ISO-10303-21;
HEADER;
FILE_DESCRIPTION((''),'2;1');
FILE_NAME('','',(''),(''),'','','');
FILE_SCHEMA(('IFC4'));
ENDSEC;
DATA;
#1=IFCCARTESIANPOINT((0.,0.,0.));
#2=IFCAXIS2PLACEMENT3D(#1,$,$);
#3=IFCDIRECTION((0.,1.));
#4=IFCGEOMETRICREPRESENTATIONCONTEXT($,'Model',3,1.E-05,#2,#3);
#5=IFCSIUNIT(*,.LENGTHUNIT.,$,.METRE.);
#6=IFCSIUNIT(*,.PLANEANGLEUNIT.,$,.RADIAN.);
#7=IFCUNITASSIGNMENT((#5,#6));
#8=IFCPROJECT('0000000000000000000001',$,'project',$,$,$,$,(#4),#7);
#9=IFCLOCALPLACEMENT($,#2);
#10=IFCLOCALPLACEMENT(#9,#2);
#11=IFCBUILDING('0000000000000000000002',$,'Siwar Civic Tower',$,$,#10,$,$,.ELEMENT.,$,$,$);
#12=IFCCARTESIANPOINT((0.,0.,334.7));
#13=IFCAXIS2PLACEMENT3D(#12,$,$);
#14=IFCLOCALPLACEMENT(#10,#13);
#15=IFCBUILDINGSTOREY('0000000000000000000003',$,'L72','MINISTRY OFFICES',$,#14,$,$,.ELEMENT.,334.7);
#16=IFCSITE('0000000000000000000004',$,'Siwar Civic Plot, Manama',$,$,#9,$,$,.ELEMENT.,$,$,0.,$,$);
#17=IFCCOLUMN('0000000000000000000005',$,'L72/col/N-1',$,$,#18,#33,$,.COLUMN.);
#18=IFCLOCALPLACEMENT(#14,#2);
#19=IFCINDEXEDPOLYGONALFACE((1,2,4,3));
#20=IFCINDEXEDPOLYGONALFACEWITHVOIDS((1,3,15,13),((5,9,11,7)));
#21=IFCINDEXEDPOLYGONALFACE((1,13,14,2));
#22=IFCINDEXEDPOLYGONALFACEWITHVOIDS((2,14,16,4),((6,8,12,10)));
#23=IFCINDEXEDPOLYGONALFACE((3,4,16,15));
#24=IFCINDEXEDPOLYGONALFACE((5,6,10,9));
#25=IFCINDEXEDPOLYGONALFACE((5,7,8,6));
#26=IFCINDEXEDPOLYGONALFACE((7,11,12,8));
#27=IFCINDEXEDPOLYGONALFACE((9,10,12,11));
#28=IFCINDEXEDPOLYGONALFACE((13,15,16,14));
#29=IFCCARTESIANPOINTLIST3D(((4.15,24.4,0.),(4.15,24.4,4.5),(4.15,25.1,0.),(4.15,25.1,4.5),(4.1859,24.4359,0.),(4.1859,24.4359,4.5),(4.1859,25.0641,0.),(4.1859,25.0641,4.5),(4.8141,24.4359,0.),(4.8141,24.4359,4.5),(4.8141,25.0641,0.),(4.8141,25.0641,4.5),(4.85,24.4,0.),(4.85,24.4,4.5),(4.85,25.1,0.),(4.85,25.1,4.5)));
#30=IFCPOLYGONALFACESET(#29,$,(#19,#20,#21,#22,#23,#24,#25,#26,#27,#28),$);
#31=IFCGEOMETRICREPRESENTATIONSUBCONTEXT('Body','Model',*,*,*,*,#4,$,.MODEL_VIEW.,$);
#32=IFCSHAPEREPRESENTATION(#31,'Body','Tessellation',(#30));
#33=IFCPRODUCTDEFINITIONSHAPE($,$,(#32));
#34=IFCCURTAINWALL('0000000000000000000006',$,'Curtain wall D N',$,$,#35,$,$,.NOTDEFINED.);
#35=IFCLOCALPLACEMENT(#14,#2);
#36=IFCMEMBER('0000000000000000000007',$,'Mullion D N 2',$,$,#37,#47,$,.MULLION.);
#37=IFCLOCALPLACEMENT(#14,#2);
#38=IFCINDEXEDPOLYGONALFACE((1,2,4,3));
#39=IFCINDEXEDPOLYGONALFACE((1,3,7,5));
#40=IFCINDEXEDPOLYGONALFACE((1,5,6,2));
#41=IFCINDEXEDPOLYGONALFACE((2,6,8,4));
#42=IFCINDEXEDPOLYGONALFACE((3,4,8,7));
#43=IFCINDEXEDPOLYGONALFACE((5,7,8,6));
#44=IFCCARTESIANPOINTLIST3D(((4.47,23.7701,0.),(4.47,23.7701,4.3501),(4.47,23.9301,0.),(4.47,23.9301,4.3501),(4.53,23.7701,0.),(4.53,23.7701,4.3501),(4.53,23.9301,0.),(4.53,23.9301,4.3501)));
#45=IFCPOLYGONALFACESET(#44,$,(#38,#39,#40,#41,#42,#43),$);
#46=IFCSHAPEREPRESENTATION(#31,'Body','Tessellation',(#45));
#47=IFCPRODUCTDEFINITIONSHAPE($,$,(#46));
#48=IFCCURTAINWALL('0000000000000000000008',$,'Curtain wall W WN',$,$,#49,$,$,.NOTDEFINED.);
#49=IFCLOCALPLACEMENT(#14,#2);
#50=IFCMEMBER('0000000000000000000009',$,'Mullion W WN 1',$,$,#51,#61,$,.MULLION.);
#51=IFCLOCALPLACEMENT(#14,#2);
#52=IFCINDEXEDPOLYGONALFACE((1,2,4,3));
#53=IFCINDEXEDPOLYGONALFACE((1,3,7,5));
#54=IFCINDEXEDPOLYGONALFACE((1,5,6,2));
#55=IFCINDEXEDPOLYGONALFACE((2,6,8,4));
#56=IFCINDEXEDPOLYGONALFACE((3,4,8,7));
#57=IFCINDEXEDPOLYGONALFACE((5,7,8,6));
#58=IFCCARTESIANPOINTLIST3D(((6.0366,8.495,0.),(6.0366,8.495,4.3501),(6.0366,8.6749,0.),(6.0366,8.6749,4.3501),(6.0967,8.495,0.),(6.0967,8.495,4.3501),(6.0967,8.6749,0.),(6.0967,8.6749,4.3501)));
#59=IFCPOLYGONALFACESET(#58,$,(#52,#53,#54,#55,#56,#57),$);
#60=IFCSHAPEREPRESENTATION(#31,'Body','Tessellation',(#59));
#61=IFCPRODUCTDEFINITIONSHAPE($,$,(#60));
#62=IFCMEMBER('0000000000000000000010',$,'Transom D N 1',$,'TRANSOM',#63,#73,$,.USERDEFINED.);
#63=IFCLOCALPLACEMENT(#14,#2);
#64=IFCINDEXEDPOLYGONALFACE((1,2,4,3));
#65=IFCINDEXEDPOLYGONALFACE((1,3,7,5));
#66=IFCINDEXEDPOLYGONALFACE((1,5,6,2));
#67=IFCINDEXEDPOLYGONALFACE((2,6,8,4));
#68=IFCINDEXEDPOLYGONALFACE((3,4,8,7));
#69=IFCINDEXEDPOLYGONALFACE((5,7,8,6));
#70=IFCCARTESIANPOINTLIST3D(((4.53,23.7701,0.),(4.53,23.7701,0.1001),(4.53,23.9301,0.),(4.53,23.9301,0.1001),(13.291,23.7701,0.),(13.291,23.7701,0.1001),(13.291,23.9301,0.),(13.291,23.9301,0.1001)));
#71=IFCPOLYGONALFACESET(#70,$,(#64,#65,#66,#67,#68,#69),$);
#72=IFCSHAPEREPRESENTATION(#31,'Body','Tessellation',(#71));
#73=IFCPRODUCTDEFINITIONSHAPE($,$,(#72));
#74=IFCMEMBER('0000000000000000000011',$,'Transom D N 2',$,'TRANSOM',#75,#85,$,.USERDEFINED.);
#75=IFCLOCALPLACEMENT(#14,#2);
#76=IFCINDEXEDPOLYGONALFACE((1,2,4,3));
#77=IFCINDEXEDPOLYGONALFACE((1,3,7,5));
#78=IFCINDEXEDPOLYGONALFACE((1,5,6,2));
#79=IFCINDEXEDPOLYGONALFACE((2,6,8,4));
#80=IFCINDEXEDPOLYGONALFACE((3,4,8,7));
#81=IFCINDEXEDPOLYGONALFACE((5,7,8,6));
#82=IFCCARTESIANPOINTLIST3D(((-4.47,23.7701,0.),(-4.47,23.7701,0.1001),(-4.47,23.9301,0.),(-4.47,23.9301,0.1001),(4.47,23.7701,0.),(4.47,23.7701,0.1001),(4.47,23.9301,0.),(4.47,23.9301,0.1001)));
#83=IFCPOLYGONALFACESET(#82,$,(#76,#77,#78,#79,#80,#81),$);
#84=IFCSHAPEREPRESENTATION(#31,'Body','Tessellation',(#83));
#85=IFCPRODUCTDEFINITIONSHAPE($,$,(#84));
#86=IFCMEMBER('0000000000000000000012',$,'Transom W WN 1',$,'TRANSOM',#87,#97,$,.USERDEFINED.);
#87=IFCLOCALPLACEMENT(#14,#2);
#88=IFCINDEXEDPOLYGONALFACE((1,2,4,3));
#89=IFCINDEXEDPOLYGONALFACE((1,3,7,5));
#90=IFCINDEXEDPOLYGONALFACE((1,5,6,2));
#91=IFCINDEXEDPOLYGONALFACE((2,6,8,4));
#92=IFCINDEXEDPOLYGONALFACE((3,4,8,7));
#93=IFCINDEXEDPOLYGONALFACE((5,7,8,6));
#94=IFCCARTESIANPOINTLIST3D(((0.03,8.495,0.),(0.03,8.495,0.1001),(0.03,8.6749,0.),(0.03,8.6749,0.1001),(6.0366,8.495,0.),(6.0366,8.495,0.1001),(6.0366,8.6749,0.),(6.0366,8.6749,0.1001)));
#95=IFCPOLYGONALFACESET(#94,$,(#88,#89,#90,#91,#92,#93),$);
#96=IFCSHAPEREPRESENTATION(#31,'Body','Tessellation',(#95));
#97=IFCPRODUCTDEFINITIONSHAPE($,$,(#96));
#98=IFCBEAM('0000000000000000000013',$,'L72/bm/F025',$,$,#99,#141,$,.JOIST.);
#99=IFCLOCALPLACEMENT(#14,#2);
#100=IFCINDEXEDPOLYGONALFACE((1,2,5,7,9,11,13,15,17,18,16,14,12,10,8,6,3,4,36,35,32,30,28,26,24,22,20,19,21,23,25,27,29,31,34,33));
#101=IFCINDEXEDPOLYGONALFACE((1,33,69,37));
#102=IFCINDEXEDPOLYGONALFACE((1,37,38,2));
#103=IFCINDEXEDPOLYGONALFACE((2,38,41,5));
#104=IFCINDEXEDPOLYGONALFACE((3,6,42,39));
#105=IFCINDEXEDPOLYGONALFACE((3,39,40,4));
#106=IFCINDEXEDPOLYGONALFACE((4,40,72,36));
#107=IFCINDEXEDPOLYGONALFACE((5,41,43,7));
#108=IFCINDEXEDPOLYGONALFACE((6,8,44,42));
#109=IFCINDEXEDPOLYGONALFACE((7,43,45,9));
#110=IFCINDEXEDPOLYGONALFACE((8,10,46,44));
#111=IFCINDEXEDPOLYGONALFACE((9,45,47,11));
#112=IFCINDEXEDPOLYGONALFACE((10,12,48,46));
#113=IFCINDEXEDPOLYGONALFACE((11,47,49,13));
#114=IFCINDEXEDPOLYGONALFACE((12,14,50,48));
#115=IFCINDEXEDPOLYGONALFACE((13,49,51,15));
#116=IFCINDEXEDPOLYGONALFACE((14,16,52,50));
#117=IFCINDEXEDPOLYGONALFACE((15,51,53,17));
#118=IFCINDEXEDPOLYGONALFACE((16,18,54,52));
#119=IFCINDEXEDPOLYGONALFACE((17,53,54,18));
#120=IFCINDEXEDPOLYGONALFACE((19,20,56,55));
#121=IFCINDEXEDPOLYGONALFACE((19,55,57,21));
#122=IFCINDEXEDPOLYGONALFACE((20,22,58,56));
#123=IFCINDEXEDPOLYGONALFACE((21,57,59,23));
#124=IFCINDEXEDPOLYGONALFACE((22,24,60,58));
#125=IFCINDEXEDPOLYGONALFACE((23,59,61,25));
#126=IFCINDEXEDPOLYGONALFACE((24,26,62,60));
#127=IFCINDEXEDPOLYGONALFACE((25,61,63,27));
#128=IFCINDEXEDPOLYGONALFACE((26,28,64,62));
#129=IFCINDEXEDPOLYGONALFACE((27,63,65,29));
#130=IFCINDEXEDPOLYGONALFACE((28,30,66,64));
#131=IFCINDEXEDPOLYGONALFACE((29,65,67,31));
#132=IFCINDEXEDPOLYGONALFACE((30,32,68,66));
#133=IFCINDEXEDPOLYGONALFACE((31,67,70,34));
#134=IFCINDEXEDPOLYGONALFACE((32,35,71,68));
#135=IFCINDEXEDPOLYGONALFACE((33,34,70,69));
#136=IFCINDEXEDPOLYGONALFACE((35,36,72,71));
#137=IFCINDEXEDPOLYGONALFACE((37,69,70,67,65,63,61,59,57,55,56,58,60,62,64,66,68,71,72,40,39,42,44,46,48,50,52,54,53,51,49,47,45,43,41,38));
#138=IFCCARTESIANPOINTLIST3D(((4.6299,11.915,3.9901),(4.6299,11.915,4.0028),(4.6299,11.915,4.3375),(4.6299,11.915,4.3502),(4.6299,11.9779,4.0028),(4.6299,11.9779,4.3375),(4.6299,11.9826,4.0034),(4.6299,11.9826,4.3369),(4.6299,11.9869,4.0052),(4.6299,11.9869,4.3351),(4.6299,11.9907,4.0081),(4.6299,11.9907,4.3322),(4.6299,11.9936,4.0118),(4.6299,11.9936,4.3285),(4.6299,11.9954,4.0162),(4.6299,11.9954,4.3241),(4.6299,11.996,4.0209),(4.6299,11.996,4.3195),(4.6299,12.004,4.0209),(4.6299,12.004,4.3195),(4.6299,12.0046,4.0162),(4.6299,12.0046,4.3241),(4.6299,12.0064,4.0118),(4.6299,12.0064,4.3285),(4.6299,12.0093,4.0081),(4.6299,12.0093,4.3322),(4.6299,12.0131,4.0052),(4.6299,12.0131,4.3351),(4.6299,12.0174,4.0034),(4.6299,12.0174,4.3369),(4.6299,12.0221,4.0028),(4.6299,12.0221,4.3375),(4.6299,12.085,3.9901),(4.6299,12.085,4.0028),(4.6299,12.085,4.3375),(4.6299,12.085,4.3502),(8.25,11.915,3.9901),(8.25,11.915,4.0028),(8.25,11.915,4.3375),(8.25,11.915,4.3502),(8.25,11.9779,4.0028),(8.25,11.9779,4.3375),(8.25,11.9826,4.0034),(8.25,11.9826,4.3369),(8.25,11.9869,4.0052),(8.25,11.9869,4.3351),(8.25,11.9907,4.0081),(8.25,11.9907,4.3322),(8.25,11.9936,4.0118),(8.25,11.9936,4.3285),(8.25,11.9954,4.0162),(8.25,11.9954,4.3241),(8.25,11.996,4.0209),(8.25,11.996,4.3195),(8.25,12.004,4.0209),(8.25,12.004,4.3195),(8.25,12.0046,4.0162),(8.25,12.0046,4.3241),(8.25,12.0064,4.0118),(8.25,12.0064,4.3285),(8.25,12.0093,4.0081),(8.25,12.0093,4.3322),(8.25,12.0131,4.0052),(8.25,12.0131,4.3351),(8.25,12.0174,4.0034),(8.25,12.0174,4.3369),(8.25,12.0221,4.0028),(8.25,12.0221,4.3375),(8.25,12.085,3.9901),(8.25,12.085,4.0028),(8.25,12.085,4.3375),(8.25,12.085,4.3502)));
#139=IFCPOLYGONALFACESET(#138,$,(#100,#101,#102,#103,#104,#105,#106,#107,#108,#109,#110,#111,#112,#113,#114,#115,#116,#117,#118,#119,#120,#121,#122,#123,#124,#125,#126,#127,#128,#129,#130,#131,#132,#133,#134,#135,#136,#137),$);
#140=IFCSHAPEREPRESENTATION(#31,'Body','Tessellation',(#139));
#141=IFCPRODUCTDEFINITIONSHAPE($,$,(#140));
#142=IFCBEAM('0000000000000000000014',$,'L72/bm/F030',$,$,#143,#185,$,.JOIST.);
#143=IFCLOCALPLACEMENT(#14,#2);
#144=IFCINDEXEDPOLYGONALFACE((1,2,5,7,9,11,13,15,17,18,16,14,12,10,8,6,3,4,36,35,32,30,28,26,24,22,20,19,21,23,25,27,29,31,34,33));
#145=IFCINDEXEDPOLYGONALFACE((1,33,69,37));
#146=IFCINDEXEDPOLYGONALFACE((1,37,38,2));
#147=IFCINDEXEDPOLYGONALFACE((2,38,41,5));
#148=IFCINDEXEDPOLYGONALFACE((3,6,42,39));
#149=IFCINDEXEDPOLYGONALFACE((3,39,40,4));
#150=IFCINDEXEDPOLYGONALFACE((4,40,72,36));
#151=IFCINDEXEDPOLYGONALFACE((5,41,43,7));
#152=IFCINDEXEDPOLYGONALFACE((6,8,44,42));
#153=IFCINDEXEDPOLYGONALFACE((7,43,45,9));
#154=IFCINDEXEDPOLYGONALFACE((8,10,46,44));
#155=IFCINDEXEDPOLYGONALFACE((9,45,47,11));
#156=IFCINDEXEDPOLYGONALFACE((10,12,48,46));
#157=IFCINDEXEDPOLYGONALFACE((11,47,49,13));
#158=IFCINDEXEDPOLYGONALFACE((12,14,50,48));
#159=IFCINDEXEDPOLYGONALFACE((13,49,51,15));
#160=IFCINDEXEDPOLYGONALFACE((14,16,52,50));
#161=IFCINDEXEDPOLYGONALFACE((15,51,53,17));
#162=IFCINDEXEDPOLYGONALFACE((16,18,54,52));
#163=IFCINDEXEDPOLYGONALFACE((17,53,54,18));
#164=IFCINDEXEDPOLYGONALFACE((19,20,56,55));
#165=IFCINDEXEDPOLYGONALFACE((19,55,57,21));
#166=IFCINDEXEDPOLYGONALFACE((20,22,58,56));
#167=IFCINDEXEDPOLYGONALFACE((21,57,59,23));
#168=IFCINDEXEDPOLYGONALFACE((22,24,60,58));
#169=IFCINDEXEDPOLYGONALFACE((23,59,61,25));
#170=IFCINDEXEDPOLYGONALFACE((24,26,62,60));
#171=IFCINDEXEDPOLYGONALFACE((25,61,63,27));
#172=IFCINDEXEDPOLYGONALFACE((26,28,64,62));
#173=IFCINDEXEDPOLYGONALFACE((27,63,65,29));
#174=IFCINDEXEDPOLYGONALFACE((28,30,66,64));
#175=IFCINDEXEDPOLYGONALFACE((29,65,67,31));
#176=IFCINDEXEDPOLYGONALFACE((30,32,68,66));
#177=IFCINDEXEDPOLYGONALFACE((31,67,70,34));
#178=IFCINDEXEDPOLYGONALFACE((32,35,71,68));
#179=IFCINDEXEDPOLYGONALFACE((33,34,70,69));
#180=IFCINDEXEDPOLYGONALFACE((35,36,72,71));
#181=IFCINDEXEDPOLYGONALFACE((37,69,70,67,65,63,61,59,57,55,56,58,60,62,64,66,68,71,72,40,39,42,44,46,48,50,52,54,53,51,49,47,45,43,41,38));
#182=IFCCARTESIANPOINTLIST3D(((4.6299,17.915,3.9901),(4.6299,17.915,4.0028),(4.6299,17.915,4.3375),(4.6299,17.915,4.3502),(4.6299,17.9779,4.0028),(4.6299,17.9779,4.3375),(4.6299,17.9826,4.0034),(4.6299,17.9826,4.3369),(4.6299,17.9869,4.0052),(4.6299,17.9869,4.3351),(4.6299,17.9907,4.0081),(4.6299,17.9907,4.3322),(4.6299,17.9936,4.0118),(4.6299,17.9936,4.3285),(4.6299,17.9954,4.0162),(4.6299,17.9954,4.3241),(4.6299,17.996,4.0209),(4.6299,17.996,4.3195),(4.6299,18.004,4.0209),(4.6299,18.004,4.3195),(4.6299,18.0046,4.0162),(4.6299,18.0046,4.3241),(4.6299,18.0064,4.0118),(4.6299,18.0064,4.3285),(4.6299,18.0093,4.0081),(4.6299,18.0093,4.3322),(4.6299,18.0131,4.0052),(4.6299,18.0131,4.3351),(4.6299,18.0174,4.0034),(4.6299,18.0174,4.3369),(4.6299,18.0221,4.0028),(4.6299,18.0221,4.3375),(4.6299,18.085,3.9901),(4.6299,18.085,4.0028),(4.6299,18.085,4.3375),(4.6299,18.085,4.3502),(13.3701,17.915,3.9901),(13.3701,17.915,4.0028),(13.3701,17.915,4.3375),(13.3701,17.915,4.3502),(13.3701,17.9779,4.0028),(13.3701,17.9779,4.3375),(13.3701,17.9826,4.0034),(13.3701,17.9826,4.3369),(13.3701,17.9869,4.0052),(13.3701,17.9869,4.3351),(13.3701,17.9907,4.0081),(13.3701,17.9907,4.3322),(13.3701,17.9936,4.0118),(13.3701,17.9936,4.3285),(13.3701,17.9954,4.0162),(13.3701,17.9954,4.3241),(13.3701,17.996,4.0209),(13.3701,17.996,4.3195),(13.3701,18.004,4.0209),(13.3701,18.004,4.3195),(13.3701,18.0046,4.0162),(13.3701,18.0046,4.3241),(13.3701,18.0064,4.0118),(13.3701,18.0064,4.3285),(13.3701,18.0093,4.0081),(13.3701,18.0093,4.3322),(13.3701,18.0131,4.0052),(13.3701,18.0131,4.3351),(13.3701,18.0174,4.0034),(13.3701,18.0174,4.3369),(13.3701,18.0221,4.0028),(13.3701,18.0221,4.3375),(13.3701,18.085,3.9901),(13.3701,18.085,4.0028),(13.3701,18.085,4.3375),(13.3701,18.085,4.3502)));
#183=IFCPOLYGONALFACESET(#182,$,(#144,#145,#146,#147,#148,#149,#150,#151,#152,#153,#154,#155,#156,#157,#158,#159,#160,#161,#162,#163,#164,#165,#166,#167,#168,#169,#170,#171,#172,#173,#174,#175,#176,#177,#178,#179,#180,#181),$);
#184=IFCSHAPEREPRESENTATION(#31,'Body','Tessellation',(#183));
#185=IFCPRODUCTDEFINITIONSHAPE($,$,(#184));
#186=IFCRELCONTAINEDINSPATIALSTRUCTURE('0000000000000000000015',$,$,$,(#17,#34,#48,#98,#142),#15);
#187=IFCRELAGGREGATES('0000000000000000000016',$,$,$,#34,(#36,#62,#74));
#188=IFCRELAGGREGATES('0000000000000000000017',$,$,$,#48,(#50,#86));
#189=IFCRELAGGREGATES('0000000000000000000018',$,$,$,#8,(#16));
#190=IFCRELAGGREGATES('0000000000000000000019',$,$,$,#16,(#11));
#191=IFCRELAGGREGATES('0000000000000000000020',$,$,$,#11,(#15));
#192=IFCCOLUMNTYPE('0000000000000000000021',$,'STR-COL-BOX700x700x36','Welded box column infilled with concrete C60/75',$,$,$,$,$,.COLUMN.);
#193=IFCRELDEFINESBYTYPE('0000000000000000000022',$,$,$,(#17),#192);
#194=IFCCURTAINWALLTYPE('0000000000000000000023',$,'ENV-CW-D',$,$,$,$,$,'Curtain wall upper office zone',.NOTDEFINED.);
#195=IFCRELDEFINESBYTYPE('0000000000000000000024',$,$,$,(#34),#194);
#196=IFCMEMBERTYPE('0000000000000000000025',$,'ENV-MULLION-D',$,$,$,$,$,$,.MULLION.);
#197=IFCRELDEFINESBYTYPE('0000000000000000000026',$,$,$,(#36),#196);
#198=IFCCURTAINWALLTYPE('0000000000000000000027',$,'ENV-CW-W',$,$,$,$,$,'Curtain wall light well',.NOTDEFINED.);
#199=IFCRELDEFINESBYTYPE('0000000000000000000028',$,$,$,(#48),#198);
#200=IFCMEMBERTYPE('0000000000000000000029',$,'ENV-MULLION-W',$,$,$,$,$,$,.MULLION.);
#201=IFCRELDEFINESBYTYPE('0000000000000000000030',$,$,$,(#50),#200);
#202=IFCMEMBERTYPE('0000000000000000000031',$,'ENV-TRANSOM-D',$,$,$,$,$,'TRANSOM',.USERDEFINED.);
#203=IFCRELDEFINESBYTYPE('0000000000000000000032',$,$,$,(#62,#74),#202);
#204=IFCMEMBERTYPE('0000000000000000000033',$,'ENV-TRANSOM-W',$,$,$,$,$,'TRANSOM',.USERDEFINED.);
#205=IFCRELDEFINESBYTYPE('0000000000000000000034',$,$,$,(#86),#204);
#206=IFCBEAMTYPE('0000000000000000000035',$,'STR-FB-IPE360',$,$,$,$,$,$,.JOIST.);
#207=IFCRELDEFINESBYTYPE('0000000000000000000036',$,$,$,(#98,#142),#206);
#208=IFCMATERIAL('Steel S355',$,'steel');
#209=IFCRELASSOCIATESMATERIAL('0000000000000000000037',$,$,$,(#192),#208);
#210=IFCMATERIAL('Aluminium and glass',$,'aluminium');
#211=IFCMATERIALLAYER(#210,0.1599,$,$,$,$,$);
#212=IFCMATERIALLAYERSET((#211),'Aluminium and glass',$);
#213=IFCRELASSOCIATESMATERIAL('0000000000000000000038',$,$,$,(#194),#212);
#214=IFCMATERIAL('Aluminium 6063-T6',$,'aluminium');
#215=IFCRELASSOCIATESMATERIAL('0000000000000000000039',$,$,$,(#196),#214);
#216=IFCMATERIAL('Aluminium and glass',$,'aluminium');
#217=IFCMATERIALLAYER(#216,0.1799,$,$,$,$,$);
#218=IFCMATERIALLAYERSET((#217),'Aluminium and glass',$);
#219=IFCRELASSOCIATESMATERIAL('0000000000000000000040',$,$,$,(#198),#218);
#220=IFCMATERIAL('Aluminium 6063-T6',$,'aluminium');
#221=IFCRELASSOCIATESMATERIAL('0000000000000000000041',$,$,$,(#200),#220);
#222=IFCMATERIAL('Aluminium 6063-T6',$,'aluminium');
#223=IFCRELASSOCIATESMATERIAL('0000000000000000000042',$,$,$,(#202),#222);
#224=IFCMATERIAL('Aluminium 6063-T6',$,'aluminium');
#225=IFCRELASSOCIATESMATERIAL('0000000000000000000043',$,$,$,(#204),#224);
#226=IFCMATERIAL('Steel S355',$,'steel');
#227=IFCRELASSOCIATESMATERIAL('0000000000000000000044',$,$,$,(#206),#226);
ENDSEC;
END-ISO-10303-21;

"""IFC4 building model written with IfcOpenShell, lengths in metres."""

from ifc_helpers import new_model, si_unit, direction, frame, origin, origin_2d, place, context, subcontext, project, spatial, rectangle, hollow_rectangle, i_section, extrude, material, layer, layer_set, material_profile, profile_set, type_object, element, aggregate, save


model = new_model("IFC4")

# Units and contexts
model_context = context("Model", 3, precision=1e-05, world=origin(), true_north=direction((0.0, 1.0)))
body_context = subcontext(model_context, "Body", "Model", "MODEL_VIEW")
ifc_project = project(units=[si_unit("LENGTHUNIT", "METRE"), si_unit("PLANEANGLEUNIT", "RADIAN")], contexts=[model_context])

# Site, building, storey
site_placement = place(None, origin())
site = spatial("IfcSite", under=ifc_project, at=site_placement, Name="Siwar Civic Plot, Manama", CompositionType="ELEMENT", RefElevation=0.0)
building_placement = place(site_placement, origin())
building = spatial("IfcBuilding", under=site, at=building_placement, Name="Siwar Civic Tower", CompositionType="ELEMENT")
storey_placement = place(building_placement, frame((0.0, 0.0, 334.7)))
storey = spatial("IfcBuildingStorey", under=building, at=storey_placement, Name="L72", Description="MINISTRY OFFICES", CompositionType="ELEMENT", Elevation=334.7)

# Column
ifc_material_1 = material(Name="Steel S355", Category="steel")
ifc_material_profile_1 = material_profile(ifc_material_1, hollow_rectangle(XDim=0.7, YDim=0.7, WallThickness=0.0359, at=origin_2d()), Name="BOX700x700x36")
ifc_profile_set_1 = profile_set([ifc_material_profile_1], Name="Steel S355")
column_type = type_object("IfcColumnType", Name="STR-COL-BOX700x700x36", Description="Welded box column infilled with concrete C60/75", PredefinedType="COLUMN", material=ifc_profile_set_1)
column_placement = place(storey_placement, frame((4.5, 24.75, 0.0), z_axis=(0.0, 0.0, 1.0), x_axis=(1.0, 0.0, 0.0)))
element("IfcColumn", 1, at=column_placement, inside=storey, type_object=column_type, Name="L72/col/N-1", PredefinedType="COLUMN", context=body_context, shape_type="SweptSolid", body=[
    extrude(hollow_rectangle(XDim=0.7, YDim=0.7, WallThickness=0.0359, at=origin_2d()), origin(), (0.0, 0.0, 1.0), 4.5),
])

# Curtain walls, members
ifc_material_2 = material(Name="Aluminium and glass", Category="aluminium")
ifc_layer_1 = layer(ifc_material_2, 0.1599)
ifc_layer_set_1 = layer_set([ifc_layer_1], Name="Aluminium and glass")
curtain_wall_type_1 = type_object("IfcCurtainWallType", Name="ENV-CW-D", ElementType="Curtain wall upper office zone", PredefinedType="NOTDEFINED", material=ifc_layer_set_1)
curtain_wall_1_placement = place(storey_placement, origin())
curtain_wall_1 = element("IfcCurtainWall", 2, at=curtain_wall_1_placement, inside=storey, type_object=curtain_wall_type_1, Name="Curtain wall D N", PredefinedType="NOTDEFINED")
ifc_material_3 = material(Name="Aluminium 6063-T6", Category="aluminium")
ifc_material_profile_2 = material_profile(ifc_material_3, rectangle(XDim=0.1599, YDim=0.0601, at=origin_2d()), Name="AL 160x60")
ifc_profile_set_2 = profile_set([ifc_material_profile_2], Name="Aluminium 6063-T6")
member_type_1 = type_object("IfcMemberType", Name="ENV-MULLION-D", PredefinedType="MULLION", material=ifc_profile_set_2)
member_1_placement = place(storey_placement, frame((4.5, 23.8501, 0.0), z_axis=(0.0, 0.0, 1.0), x_axis=(0.0, -1.0, 0.0)))
member_1 = element("IfcMember", 3, at=member_1_placement, type_object=member_type_1, Name="Mullion D N 2", PredefinedType="MULLION", context=body_context, shape_type="SweptSolid", body=[
    extrude(rectangle(XDim=0.1599, YDim=0.0601, at=origin_2d()), origin(), (0.0, 0.0, 1.0), 4.3501),
])
ifc_material_4 = material(Name="Aluminium and glass", Category="aluminium")
ifc_layer_2 = layer(ifc_material_4, 0.1799)
ifc_layer_set_2 = layer_set([ifc_layer_2], Name="Aluminium and glass")
curtain_wall_type_2 = type_object("IfcCurtainWallType", Name="ENV-CW-W", ElementType="Curtain wall light well", PredefinedType="NOTDEFINED", material=ifc_layer_set_2)
curtain_wall_2_placement = place(storey_placement, origin())
curtain_wall_2 = element("IfcCurtainWall", 4, at=curtain_wall_2_placement, inside=storey, type_object=curtain_wall_type_2, Name="Curtain wall W WN", PredefinedType="NOTDEFINED")
ifc_material_5 = material(Name="Aluminium 6063-T6", Category="aluminium")
ifc_material_profile_3 = material_profile(ifc_material_5, rectangle(XDim=0.1799, YDim=0.0601, at=origin_2d()), Name="AL 180x60")
ifc_profile_set_3 = profile_set([ifc_material_profile_3], Name="Aluminium 6063-T6")
member_type_2 = type_object("IfcMemberType", Name="ENV-MULLION-W", PredefinedType="MULLION", material=ifc_profile_set_3)
member_2_placement = place(storey_placement, frame((6.0667, 8.585, 0.0), z_axis=(0.0, 0.0, 1.0), x_axis=(0.0, -1.0, 0.0)))
member_2 = element("IfcMember", 5, at=member_2_placement, type_object=member_type_2, Name="Mullion W WN 1", PredefinedType="MULLION", context=body_context, shape_type="SweptSolid", body=[
    extrude(rectangle(XDim=0.1799, YDim=0.0601, at=origin_2d()), origin(), (0.0, 0.0, 1.0), 4.3501),
])

# Members
ifc_material_6 = material(Name="Aluminium 6063-T6", Category="aluminium")
ifc_material_profile_4 = material_profile(ifc_material_6, rectangle(XDim=0.1599, YDim=0.1001, at=origin_2d()), Name="AL 160x100")
ifc_profile_set_4 = profile_set([ifc_material_profile_4], Name="Aluminium 6063-T6")
member_type_3 = type_object("IfcMemberType", Name="ENV-TRANSOM-D", ElementType="TRANSOM", PredefinedType="USERDEFINED", material=ifc_profile_set_4)
member_3_placement = place(storey_placement, frame((13.291, 23.8501, 0.05), z_axis=(-1.0, 0.0, 0.0), x_axis=(0.0, -1.0, 0.0)))
member_3 = element("IfcMember", 6, at=member_3_placement, type_object=member_type_3, Name="Transom D N 1", ObjectType="TRANSOM", PredefinedType="USERDEFINED", context=body_context, shape_type="SweptSolid", body=[
    extrude(rectangle(XDim=0.1599, YDim=0.1001, at=origin_2d()), origin(), (0.0, 0.0, 1.0), 8.761),
])
member_4_placement = place(storey_placement, frame((4.47, 23.8501, 0.05), z_axis=(-1.0, 0.0, 0.0), x_axis=(0.0, -1.0, 0.0)))
member_4 = element("IfcMember", 7, at=member_4_placement, type_object=member_type_3, Name="Transom D N 2", ObjectType="TRANSOM", PredefinedType="USERDEFINED", context=body_context, shape_type="SweptSolid", body=[
    extrude(rectangle(XDim=0.1599, YDim=0.1001, at=origin_2d()), origin(), (0.0, 0.0, 1.0), 8.9399),
])
ifc_material_7 = material(Name="Aluminium 6063-T6", Category="aluminium")
ifc_material_profile_5 = material_profile(ifc_material_7, rectangle(XDim=0.1799, YDim=0.1001, at=origin_2d()), Name="AL 180x100")
ifc_profile_set_5 = profile_set([ifc_material_profile_5], Name="Aluminium 6063-T6")
member_type_4 = type_object("IfcMemberType", Name="ENV-TRANSOM-W", ElementType="TRANSOM", PredefinedType="USERDEFINED", material=ifc_profile_set_5)
member_5_placement = place(storey_placement, frame((6.0366, 8.585, 0.05), z_axis=(-1.0, 0.0, 0.0), x_axis=(0.0, -1.0, 0.0)))
member_5 = element("IfcMember", 8, at=member_5_placement, type_object=member_type_4, Name="Transom W WN 1", ObjectType="TRANSOM", PredefinedType="USERDEFINED", context=body_context, shape_type="SweptSolid", body=[
    extrude(rectangle(XDim=0.1799, YDim=0.1001, at=origin_2d()), origin(), (0.0, 0.0, 1.0), 6.0066),
])

# Beams
ifc_material_8 = material(Name="Steel S355", Category="steel")
ifc_material_profile_6 = material_profile(ifc_material_8, i_section(OverallWidth=0.1699, OverallDepth=0.3601, WebThickness=0.0081, FlangeThickness=0.0127, FilletRadius=0.0181, at=origin_2d()), Name="IPE360")
ifc_profile_set_6 = profile_set([ifc_material_profile_6], Name="Steel S355")
beam_type_1 = type_object("IfcBeamType", Name="STR-FB-IPE360", PredefinedType="JOIST", material=ifc_profile_set_6)
beam_1_placement = place(storey_placement, frame((4.6299, 12.0, 4.1702), z_axis=(1.0, 0.0, 0.0), x_axis=(0.0, 1.0, 0.0)))
element("IfcBeam", 9, at=beam_1_placement, inside=storey, type_object=beam_type_1, Name="L72/bm/F025", PredefinedType="JOIST", context=body_context, shape_type="SweptSolid", body=[
    extrude(i_section(OverallWidth=0.1699, OverallDepth=0.3601, WebThickness=0.0081, FlangeThickness=0.0127, FilletRadius=0.0181, at=origin_2d()), origin(), (0.0, 0.0, 1.0), 3.6201),
])
for number, where, z_axis, x_axis, name in (
    (10, (4.6299, 18.0, 4.1702), (1.0, 0.0, 0.0), (0.0, 1.0, 0.0), "L72/bm/F030"),
):
    element("IfcBeam", number, at=place(storey_placement, frame(where, z_axis=z_axis, x_axis=x_axis)), inside=storey, type_object=beam_type_1, Name=name, PredefinedType="JOIST", context=body_context, shape_type="SweptSolid", body=[
        extrude(i_section(OverallWidth=0.1699, OverallDepth=0.3601, WebThickness=0.0081, FlangeThickness=0.0127, FilletRadius=0.0181, at=origin_2d()), origin(), (0.0, 0.0, 1.0), 8.7402),
    ])

aggregate(curtain_wall_1, [member_1, member_3, member_4])
aggregate(curtain_wall_2, [member_2, member_5])

save(model, "model.ifc")
